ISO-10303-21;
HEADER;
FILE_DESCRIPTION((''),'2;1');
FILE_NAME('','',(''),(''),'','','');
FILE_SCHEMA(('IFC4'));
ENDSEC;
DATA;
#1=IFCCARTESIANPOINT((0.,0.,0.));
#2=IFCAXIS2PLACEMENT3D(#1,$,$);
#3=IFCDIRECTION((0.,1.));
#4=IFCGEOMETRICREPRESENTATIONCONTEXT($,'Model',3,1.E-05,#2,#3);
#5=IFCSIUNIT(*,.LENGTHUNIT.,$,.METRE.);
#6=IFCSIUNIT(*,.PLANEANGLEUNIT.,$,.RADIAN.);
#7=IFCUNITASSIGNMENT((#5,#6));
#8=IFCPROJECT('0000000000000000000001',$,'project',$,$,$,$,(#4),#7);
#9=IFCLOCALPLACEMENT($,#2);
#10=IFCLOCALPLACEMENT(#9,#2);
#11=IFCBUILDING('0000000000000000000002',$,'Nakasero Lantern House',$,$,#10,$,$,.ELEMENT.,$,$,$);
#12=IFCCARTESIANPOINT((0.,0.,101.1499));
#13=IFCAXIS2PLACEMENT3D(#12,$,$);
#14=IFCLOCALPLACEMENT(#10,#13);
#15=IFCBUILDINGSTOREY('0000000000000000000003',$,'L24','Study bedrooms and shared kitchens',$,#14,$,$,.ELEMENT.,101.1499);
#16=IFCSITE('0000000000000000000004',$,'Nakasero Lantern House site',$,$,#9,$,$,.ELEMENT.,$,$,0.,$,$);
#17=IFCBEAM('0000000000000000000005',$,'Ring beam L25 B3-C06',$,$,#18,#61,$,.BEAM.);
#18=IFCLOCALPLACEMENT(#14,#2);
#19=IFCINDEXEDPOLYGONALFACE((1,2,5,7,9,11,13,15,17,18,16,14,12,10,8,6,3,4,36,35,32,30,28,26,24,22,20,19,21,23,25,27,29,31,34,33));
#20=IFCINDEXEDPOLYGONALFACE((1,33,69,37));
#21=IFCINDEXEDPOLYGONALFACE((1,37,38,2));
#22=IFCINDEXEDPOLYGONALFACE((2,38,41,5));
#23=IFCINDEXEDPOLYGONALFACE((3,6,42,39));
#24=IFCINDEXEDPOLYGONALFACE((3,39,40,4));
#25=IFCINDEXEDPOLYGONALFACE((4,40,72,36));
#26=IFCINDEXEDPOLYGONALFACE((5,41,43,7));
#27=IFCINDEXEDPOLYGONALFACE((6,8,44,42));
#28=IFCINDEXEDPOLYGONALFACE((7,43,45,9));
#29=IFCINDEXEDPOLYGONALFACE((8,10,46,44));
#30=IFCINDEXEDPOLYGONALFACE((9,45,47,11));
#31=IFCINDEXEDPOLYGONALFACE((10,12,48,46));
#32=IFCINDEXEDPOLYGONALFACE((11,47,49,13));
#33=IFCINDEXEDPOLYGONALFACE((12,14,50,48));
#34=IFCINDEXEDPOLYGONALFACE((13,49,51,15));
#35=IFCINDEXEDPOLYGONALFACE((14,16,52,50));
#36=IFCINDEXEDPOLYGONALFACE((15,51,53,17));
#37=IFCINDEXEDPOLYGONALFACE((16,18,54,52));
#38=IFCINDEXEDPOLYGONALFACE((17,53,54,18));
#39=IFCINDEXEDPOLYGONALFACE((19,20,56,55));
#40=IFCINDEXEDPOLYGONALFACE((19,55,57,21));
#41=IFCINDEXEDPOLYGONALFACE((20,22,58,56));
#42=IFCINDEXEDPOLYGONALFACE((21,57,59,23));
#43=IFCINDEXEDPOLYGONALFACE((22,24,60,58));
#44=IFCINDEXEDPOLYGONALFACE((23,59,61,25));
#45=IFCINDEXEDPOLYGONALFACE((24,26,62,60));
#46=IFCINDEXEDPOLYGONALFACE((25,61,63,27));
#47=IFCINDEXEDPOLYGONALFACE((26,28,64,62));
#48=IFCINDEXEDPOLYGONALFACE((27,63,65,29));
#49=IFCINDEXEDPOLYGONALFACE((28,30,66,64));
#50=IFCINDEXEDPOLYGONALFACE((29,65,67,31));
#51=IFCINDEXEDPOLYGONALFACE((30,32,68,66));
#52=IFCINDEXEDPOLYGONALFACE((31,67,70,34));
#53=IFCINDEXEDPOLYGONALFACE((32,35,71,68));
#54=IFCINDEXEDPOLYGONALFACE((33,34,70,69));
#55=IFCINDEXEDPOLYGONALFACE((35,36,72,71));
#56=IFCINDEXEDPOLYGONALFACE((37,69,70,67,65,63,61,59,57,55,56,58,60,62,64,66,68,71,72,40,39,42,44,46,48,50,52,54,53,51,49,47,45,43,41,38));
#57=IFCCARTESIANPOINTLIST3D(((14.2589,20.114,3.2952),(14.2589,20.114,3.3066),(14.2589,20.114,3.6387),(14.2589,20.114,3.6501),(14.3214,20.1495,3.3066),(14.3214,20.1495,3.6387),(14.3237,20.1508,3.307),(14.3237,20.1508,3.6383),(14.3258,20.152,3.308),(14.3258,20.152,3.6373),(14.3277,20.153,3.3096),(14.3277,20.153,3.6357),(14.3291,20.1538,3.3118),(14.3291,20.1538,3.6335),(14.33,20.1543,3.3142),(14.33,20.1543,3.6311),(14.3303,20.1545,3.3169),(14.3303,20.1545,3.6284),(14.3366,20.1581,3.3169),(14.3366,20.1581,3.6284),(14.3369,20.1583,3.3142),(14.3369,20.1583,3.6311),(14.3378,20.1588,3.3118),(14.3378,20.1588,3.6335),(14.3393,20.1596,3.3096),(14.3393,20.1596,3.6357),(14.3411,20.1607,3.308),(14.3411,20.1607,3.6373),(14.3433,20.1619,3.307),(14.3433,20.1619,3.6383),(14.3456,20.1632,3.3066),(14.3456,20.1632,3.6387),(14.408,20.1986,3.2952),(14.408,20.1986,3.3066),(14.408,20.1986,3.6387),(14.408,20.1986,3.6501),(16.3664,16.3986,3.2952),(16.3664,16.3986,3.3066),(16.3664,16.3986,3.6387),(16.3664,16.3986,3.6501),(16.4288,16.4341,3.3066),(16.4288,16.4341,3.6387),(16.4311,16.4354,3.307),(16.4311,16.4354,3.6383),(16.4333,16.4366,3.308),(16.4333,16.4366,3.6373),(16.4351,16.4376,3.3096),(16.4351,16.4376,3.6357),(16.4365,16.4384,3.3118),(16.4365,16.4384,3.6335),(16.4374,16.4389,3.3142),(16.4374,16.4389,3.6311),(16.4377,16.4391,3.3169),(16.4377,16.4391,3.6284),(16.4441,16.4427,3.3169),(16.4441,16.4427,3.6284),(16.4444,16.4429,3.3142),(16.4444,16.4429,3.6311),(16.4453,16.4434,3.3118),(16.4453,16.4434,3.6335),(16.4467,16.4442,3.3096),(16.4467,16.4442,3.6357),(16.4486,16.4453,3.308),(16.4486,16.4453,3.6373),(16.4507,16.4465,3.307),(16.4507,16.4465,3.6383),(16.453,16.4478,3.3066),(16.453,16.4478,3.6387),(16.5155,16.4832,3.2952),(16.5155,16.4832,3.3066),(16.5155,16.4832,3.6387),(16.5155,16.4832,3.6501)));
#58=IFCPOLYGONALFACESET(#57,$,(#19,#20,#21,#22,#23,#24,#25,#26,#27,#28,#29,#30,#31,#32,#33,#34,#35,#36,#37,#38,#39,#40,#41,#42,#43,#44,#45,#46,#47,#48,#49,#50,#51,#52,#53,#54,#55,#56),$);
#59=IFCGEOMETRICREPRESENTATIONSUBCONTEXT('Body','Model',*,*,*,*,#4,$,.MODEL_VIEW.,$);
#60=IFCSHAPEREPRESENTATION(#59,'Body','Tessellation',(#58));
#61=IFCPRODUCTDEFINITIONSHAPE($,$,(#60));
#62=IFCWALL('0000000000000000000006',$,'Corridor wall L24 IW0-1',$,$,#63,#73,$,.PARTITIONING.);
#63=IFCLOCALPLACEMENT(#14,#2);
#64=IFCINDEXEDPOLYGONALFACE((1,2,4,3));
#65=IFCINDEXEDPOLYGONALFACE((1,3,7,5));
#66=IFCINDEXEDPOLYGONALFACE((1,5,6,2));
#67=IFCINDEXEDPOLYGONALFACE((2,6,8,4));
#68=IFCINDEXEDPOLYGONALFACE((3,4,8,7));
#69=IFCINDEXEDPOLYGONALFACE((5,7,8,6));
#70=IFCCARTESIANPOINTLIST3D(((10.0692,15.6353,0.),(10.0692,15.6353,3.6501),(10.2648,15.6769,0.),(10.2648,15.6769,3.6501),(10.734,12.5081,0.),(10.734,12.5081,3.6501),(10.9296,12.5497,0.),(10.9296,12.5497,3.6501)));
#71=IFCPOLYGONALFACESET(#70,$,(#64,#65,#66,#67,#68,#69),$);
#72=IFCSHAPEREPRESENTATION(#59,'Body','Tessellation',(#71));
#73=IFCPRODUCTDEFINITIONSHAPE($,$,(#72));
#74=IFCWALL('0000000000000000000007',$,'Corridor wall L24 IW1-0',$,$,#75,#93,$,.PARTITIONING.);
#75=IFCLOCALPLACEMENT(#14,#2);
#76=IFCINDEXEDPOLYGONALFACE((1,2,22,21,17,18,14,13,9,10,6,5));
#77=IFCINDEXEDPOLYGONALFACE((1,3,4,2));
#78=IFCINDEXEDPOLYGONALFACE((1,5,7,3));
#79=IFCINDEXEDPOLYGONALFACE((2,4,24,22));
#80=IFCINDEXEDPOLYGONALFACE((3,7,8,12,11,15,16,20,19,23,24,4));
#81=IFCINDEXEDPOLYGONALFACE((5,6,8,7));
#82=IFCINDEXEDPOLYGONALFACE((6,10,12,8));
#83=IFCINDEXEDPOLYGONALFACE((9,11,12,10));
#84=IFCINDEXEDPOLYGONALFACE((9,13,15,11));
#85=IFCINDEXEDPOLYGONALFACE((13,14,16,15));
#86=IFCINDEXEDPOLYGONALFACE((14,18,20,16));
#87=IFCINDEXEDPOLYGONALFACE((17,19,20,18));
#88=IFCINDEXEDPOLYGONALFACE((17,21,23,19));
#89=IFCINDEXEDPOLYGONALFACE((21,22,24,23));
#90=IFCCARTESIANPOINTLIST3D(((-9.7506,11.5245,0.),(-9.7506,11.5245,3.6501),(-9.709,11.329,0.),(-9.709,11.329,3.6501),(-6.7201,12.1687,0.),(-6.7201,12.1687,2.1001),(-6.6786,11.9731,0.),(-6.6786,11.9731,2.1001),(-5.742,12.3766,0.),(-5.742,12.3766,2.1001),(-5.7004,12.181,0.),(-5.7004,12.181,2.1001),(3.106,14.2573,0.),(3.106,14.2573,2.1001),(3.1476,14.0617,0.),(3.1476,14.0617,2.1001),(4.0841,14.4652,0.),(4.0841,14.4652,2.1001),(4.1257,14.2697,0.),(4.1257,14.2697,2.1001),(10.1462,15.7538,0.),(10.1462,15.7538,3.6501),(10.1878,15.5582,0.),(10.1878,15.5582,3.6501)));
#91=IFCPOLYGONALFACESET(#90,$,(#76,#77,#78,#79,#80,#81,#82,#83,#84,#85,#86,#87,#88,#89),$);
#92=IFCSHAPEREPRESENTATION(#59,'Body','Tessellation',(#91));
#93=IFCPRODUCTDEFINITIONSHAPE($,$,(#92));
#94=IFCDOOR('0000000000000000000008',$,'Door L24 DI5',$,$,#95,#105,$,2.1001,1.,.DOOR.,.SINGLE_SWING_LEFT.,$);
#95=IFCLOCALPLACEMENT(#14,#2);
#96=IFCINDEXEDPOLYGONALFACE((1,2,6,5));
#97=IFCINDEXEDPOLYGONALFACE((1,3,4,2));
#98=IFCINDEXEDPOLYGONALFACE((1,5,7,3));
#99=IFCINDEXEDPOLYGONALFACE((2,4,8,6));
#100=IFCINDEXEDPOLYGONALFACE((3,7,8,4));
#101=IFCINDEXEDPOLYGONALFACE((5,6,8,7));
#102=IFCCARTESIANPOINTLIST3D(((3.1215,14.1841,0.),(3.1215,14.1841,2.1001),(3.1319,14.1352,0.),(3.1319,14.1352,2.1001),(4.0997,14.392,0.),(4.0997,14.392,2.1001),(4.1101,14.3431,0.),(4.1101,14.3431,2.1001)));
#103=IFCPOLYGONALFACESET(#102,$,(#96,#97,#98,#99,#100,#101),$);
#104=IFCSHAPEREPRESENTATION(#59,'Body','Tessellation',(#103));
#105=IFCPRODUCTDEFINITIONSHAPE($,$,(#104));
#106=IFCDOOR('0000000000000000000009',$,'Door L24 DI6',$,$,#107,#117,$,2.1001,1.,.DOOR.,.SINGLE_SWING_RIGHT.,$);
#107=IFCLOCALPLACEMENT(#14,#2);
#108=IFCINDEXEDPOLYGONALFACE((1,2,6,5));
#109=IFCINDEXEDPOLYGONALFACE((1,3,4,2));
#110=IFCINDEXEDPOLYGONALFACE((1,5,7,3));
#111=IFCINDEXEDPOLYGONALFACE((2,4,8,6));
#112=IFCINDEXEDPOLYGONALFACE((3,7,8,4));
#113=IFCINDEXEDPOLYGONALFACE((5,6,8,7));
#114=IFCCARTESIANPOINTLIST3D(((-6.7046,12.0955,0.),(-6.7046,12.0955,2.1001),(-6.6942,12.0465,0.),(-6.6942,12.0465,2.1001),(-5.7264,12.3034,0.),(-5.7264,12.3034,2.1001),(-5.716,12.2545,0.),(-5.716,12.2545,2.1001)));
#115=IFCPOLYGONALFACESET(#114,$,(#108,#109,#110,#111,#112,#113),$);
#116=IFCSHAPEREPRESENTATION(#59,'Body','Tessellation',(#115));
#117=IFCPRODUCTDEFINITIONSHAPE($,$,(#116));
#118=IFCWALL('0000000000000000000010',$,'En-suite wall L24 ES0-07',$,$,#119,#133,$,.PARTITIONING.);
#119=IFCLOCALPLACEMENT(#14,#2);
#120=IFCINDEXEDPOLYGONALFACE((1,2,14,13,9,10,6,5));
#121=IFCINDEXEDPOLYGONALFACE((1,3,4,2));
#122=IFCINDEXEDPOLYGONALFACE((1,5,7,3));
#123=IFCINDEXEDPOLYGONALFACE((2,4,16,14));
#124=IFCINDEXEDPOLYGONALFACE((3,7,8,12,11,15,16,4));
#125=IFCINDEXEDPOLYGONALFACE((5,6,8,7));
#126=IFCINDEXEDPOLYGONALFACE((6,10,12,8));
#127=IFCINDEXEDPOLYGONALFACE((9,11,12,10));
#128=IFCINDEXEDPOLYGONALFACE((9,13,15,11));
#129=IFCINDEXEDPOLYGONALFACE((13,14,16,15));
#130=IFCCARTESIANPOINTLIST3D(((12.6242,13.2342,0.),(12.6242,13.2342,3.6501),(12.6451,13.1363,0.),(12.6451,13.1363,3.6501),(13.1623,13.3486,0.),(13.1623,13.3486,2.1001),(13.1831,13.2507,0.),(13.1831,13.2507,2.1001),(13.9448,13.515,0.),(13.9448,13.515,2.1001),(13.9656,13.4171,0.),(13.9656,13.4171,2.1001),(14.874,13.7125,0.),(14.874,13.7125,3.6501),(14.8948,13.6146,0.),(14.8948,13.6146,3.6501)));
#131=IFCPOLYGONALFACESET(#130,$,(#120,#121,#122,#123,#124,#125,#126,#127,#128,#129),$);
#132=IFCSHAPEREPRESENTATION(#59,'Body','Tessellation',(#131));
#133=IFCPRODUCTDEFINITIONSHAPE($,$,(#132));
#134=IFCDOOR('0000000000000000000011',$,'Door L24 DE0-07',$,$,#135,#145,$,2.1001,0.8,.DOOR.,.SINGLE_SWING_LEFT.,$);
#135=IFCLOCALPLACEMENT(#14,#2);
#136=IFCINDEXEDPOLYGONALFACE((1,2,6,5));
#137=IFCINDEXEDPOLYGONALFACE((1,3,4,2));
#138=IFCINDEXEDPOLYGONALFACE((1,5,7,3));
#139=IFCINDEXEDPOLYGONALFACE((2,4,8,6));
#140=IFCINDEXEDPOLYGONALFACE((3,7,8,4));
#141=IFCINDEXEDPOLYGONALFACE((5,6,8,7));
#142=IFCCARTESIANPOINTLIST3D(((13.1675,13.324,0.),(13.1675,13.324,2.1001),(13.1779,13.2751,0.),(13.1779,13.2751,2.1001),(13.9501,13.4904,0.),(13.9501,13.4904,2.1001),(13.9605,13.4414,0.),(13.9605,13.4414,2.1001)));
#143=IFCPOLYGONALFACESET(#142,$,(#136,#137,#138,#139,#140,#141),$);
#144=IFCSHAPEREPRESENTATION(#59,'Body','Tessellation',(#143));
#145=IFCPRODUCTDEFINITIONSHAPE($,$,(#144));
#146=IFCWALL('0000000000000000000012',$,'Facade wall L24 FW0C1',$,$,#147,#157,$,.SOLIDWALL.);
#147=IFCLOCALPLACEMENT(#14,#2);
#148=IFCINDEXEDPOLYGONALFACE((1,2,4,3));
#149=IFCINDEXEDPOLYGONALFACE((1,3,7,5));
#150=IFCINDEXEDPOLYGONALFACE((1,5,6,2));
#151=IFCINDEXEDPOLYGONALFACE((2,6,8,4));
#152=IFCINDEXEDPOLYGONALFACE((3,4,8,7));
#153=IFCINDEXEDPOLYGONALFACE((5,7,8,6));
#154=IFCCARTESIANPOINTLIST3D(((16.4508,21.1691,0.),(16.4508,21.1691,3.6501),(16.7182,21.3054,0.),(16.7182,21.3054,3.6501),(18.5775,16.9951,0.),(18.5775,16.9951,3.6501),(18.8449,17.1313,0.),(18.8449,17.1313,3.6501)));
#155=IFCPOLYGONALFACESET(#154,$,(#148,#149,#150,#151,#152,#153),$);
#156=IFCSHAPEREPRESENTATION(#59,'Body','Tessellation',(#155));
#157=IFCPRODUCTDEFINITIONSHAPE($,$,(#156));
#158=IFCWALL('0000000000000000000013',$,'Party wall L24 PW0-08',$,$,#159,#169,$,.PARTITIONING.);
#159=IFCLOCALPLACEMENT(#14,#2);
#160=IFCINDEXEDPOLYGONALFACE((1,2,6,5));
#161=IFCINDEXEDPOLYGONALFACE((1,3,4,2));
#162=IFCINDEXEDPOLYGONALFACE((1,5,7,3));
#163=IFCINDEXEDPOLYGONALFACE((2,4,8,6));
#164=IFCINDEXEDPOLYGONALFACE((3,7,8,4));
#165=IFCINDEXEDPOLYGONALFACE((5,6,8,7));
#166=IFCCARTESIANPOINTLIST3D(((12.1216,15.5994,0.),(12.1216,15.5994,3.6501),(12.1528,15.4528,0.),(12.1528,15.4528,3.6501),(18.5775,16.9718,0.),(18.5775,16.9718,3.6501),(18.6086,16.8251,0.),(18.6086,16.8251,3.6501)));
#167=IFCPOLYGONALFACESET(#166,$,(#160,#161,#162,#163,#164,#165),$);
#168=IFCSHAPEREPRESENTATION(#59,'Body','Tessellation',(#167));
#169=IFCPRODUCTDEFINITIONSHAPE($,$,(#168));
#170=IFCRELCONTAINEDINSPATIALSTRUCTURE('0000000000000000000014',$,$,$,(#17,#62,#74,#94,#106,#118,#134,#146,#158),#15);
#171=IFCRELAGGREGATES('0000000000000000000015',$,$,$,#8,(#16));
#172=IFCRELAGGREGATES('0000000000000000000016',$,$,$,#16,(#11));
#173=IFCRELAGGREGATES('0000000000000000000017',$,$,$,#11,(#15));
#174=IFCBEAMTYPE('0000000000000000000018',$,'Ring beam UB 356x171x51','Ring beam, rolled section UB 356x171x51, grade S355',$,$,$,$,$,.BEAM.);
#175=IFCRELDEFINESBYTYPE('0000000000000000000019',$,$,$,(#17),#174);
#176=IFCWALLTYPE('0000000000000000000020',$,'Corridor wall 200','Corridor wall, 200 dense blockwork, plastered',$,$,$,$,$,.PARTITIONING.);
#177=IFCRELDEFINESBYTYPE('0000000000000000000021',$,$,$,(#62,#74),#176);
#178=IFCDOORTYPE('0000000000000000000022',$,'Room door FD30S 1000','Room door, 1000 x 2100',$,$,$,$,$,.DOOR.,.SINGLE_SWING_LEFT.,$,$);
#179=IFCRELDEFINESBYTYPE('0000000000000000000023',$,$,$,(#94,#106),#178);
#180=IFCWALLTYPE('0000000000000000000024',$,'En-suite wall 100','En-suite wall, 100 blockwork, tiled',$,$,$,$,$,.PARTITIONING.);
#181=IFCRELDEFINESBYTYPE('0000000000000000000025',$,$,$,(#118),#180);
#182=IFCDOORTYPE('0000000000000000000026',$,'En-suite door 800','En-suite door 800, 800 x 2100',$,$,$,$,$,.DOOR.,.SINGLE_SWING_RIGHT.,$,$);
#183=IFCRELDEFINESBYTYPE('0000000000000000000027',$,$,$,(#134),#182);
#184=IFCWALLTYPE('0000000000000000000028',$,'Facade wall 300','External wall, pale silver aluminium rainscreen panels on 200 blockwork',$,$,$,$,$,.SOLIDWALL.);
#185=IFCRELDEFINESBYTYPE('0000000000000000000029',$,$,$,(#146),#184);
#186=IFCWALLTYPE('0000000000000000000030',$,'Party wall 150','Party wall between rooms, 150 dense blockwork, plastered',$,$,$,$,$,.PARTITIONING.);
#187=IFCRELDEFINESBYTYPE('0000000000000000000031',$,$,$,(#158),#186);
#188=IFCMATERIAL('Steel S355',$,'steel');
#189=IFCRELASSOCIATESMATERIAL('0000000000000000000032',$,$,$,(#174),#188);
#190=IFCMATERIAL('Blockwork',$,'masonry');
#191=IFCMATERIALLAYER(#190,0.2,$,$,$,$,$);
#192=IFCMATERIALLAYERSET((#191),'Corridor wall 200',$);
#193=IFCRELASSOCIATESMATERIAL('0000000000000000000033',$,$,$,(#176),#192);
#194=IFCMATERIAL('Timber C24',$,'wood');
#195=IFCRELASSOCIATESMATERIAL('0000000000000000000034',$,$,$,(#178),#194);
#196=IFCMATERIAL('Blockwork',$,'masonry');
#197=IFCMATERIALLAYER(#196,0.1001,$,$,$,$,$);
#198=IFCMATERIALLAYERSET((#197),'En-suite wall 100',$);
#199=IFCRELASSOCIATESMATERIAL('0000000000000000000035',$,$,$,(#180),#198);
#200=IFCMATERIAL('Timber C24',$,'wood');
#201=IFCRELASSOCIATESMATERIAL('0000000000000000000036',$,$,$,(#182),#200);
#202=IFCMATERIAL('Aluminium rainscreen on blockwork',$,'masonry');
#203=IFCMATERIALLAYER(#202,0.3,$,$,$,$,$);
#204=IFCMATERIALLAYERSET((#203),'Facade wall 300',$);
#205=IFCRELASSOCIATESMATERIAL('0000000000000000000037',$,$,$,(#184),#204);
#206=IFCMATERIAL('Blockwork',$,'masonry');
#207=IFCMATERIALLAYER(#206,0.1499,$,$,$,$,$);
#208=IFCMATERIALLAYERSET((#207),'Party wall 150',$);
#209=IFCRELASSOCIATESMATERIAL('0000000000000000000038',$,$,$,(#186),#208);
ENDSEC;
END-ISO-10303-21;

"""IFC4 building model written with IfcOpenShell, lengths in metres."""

from ifc_helpers import new_model, si_unit, direction, frame, frame_2d, origin, origin_2d, place, context, subcontext, project, spatial, rectangle, i_section, extrude, material, layer, layer_set, material_profile, profile_set, type_object, element, fill, save


model = new_model("IFC4")

# Units and contexts
model_context = context("Model", 3, precision=1e-05, world=origin(), true_north=direction((0.0, 1.0)))
body_context = subcontext(model_context, "Body", "Model", "MODEL_VIEW")
ifc_project = project(units=[si_unit("LENGTHUNIT", "METRE"), si_unit("PLANEANGLEUNIT", "RADIAN")], contexts=[model_context])

# Site, building, storey
site_placement = place(None, origin())
site = spatial("IfcSite", under=ifc_project, at=site_placement, Name="Nakasero Lantern House site", CompositionType="ELEMENT", RefElevation=0.0)
building_placement = place(site_placement, origin())
building = spatial("IfcBuilding", under=site, at=building_placement, Name="Nakasero Lantern House", CompositionType="ELEMENT")
storey_placement = place(building_placement, frame((0.0, 0.0, 101.1499)))
storey = spatial("IfcBuildingStorey", under=building, at=storey_placement, Name="L24", Description="Study bedrooms and shared kitchens", CompositionType="ELEMENT", Elevation=101.1499)

# Beam
ifc_material_1 = material(Name="Steel S355", Category="steel")
ifc_material_profile_1 = material_profile(ifc_material_1, i_section(OverallWidth=0.1714, OverallDepth=0.355, WebThickness=0.0073, FlangeThickness=0.0115, FilletRadius=0.0103, at=origin_2d()), Name="UB 356x171x51")
ifc_profile_set_1 = profile_set([ifc_material_profile_1], Name="Steel S355")
beam_type_1 = type_object("IfcBeamType", Name="Ring beam UB 356x171x51", Description="Ring beam, rolled section UB 356x171x51, grade S355", PredefinedType="BEAM", material=ifc_profile_set_1)
beam_1_placement = place(storey_placement, frame((16.4409, 16.4409, 3.4727), z_axis=(-0.493379, 0.869815, 0.0), x_axis=(-0.869815, -0.493379, 0.0)))
element("IfcBeam", 1, at=beam_1_placement, inside=storey, type_object=beam_type_1, Name="Ring beam L25 B3-C06", PredefinedType="BEAM", context=body_context, shape_type="SweptSolid", body=[
    extrude(i_section(OverallWidth=0.1714, OverallDepth=0.355, WebThickness=0.0073, FlangeThickness=0.0115, FilletRadius=0.0103, at=origin_2d()), origin(), (0.0, 0.0, 1.0), 4.2715),
])

# Wall
ifc_material_2 = material(Name="Blockwork", Category="masonry")
ifc_layer_1 = layer(ifc_material_2, 0.2)
ifc_layer_set_1 = layer_set([ifc_layer_1], Name="Corridor wall 200")
wall_type_1 = type_object("IfcWallType", Name="Corridor wall 200", Description="Corridor wall, 200 dense blockwork, plastered", PredefinedType="PARTITIONING", material=ifc_layer_set_1)
wall_1_placement = place(storey_placement, frame((10.8318, 12.5288, 0.0), z_axis=(0.0, 0.0, 1.0), x_axis=(-0.207938, 0.978142, 0.0)))
element("IfcWall", 2, at=wall_1_placement, inside=storey, type_object=wall_type_1, Name="Corridor wall L24 IW0-1", PredefinedType="PARTITIONING", context=body_context, shape_type="SweptSolid", body=[
    extrude(rectangle(XDim=3.197, YDim=0.2, at=frame_2d((1.5986, 0.0))), origin(), (0.0, 0.0, 1.0), 3.6501),
])

# Wall, openings, doors
wall_2_placement = place(storey_placement, frame((10.167, 15.656, 0.0), z_axis=(0.0, 0.0, 1.0), x_axis=(-0.978147, -0.207915, 0.0)))
wall_2 = element("IfcWall", 3, at=wall_2_placement, inside=storey, type_object=wall_type_1, Name="Corridor wall L24 IW1-0", PredefinedType="PARTITIONING", context=body_context, shape_type="SweptSolid", body=[
    extrude(rectangle(XDim=20.3413, YDim=0.2, at=frame_2d((10.1707, 0.0))), origin(), (0.0, 0.0, 1.0), 3.6501),
])
opening_1_placement = place(wall_2_placement, frame((6.1975, 0.0, 0.0)))
opening_1 = element("IfcOpeningElement", 4, at=opening_1_placement, cuts=wall_2, PredefinedType="OPENING", context=body_context, shape_type="SweptSolid", body=[
    extrude(rectangle(XDim=1.0, YDim=2.1001, at=frame_2d((0.5, 1.05))), frame((0.0, 0.1199, 0.0), z_axis=(0.0, -1.0, 0.0), x_axis=(1.0, 0.0, 0.0)), (0.0, 0.0, 1.0), 0.24),
])
opening_2_placement = place(wall_2_placement, frame((16.2432, 0.0, 0.0)))
opening_2 = element("IfcOpeningElement", 5, at=opening_2_placement, cuts=wall_2, PredefinedType="OPENING", context=body_context, shape_type="SweptSolid", body=[
    extrude(rectangle(XDim=1.0, YDim=2.1001, at=frame_2d((0.5, 1.05))), frame((0.0, 0.1199, 0.0), z_axis=(0.0, -1.0, 0.0), x_axis=(1.0, 0.0, 0.0)), (0.0, 0.0, 1.0), 0.24),
])
ifc_material_3 = material(Name="Timber C24", Category="wood")
door_type_1 = type_object("IfcDoorType", Name="Room door FD30S 1000", Description="Room door, 1000 x 2100", OperationType="SINGLE_SWING_LEFT", PredefinedType="DOOR", material=ifc_material_3)
door_1_placement = place(opening_1_placement, origin())
door_1 = element("IfcDoor", 6, at=door_1_placement, inside=storey, type_object=door_type_1, Name="Door L24 DI5", OperationType="SINGLE_SWING_LEFT", OverallHeight=2.1001, OverallWidth=1.0, PredefinedType="DOOR", context=body_context, shape_type="SweptSolid", body=[
    extrude(rectangle(XDim=1.0, YDim=2.1001, at=frame_2d((0.5, 1.05))), frame((0.0, 0.0249, 0.0), z_axis=(0.0, -1.0, 0.0), x_axis=(1.0, 0.0, 0.0)), (0.0, 0.0, 1.0), 0.05),
])
fill(opening_1, door_1)
door_2_placement = place(opening_2_placement, origin())
door_2 = element("IfcDoor", 7, at=door_2_placement, inside=storey, type_object=door_type_1, Name="Door L24 DI6", OperationType="SINGLE_SWING_RIGHT", OverallHeight=2.1001, OverallWidth=1.0, PredefinedType="DOOR", context=body_context, shape_type="SweptSolid", body=[
    extrude(rectangle(XDim=1.0, YDim=2.1001, at=frame_2d((0.5, 1.05))), frame((0.0, 0.0249, 0.0), z_axis=(0.0, -1.0, 0.0), x_axis=(1.0, 0.0, 0.0)), (0.0, 0.0, 1.0), 0.05),
])
fill(opening_2, door_2)

# Wall, opening, door
ifc_material_4 = material(Name="Blockwork", Category="masonry")
ifc_layer_2 = layer(ifc_material_4, 0.1001)
ifc_layer_set_2 = layer_set([ifc_layer_2], Name="En-suite wall 100")
wall_type_2 = type_object("IfcWallType", Name="En-suite wall 100", Description="En-suite wall, 100 blockwork, tiled", PredefinedType="PARTITIONING", material=ifc_layer_set_2)
wall_3_placement = place(storey_placement, frame((12.6348, 13.1853, 0.0), z_axis=(0.0, 0.0, 1.0), x_axis=(0.978141, 0.207941, 0.0)))
wall_3 = element("IfcWall", 8, at=wall_3_placement, inside=storey, type_object=wall_type_2, Name="En-suite wall L24 ES0-07", PredefinedType="PARTITIONING", context=body_context, shape_type="SweptSolid", body=[
    extrude(rectangle(XDim=2.3, YDim=0.1001, at=frame_2d((1.1499, 0.0))), origin(), (0.0, 0.0, 1.0), 3.6501),
])
opening_3_placement = place(wall_3_placement, frame((0.55, 0.0, 0.0)))
opening_3 = element("IfcOpeningElement", 9, at=opening_3_placement, cuts=wall_3, PredefinedType="OPENING", context=body_context, shape_type="SweptSolid", body=[
    extrude(rectangle(XDim=0.8, YDim=2.1001, at=frame_2d((0.3999, 1.05))), frame((0.0, 0.0701, 0.0), z_axis=(0.0, -1.0, 0.0), x_axis=(1.0, 0.0, 0.0)), (0.0, 0.0, 1.0), 0.1401),
])
ifc_material_5 = material(Name="Timber C24", Category="wood")
door_type_2 = type_object("IfcDoorType", Name="En-suite door 800", Description="En-suite door 800, 800 x 2100", OperationType="SINGLE_SWING_RIGHT", PredefinedType="DOOR", material=ifc_material_5)
door_3_placement = place(opening_3_placement, origin())
door_3 = element("IfcDoor", 10, at=door_3_placement, inside=storey, type_object=door_type_2, Name="Door L24 DE0-07", OperationType="SINGLE_SWING_LEFT", OverallHeight=2.1001, OverallWidth=0.8, PredefinedType="DOOR", context=body_context, shape_type="SweptSolid", body=[
    extrude(rectangle(XDim=0.8, YDim=2.1001, at=frame_2d((0.3999, 1.05))), frame((0.0, 0.0249, 0.0), z_axis=(0.0, -1.0, 0.0), x_axis=(1.0, 0.0, 0.0)), (0.0, 0.0, 1.0), 0.05),
])
fill(opening_3, door_3)

# Walls
ifc_material_6 = material(Name="Aluminium rainscreen on blockwork", Category="masonry")
ifc_layer_3 = layer(ifc_material_6, 0.3)
ifc_layer_set_3 = layer_set([ifc_layer_3], Name="Facade wall 300")
wall_type_3 = type_object("IfcWallType", Name="Facade wall 300", Description="External wall, pale silver aluminium rainscreen panels on 200 blockwork", PredefinedType="SOLIDWALL", material=ifc_layer_set_3)
wall_4_placement = place(storey_placement, frame((18.7112, 17.0632, 0.0), z_axis=(0.0, 0.0, 1.0), x_axis=(-0.453976, 0.891014, 0.0)))
element("IfcWall", 11, at=wall_4_placement, inside=storey, type_object=wall_type_3, Name="Facade wall L24 FW0C1", PredefinedType="SOLIDWALL", context=body_context, shape_type="SweptSolid", body=[
    extrude(rectangle(XDim=4.6846, YDim=0.3, at=frame_2d((2.3423, 0.0))), origin(), (0.0, 0.0, 1.0), 3.6501),
])
ifc_material_7 = material(Name="Blockwork", Category="masonry")
ifc_layer_4 = layer(ifc_material_7, 0.1499)
ifc_layer_set_4 = layer_set([ifc_layer_4], Name="Party wall 150")
wall_type_4 = type_object("IfcWallType", Name="Party wall 150", Description="Party wall between rooms, 150 dense blockwork, plastered", PredefinedType="PARTITIONING", material=ifc_layer_set_4)
wall_5_placement = place(storey_placement, frame((12.1372, 15.5261, 0.0), z_axis=(0.0, 0.0, 1.0), x_axis=(0.978145, 0.207925, 0.0)))
element("IfcWall", 12, at=wall_5_placement, inside=storey, type_object=wall_type_4, Name="Party wall L24 PW0-08", PredefinedType="PARTITIONING", context=body_context, shape_type="SweptSolid", body=[
    extrude(rectangle(XDim=6.6001, YDim=0.1499, at=frame_2d((3.3, 0.0))), origin(), (0.0, 0.0, 1.0), 3.6501),
])

save(model, "model.ifc")
